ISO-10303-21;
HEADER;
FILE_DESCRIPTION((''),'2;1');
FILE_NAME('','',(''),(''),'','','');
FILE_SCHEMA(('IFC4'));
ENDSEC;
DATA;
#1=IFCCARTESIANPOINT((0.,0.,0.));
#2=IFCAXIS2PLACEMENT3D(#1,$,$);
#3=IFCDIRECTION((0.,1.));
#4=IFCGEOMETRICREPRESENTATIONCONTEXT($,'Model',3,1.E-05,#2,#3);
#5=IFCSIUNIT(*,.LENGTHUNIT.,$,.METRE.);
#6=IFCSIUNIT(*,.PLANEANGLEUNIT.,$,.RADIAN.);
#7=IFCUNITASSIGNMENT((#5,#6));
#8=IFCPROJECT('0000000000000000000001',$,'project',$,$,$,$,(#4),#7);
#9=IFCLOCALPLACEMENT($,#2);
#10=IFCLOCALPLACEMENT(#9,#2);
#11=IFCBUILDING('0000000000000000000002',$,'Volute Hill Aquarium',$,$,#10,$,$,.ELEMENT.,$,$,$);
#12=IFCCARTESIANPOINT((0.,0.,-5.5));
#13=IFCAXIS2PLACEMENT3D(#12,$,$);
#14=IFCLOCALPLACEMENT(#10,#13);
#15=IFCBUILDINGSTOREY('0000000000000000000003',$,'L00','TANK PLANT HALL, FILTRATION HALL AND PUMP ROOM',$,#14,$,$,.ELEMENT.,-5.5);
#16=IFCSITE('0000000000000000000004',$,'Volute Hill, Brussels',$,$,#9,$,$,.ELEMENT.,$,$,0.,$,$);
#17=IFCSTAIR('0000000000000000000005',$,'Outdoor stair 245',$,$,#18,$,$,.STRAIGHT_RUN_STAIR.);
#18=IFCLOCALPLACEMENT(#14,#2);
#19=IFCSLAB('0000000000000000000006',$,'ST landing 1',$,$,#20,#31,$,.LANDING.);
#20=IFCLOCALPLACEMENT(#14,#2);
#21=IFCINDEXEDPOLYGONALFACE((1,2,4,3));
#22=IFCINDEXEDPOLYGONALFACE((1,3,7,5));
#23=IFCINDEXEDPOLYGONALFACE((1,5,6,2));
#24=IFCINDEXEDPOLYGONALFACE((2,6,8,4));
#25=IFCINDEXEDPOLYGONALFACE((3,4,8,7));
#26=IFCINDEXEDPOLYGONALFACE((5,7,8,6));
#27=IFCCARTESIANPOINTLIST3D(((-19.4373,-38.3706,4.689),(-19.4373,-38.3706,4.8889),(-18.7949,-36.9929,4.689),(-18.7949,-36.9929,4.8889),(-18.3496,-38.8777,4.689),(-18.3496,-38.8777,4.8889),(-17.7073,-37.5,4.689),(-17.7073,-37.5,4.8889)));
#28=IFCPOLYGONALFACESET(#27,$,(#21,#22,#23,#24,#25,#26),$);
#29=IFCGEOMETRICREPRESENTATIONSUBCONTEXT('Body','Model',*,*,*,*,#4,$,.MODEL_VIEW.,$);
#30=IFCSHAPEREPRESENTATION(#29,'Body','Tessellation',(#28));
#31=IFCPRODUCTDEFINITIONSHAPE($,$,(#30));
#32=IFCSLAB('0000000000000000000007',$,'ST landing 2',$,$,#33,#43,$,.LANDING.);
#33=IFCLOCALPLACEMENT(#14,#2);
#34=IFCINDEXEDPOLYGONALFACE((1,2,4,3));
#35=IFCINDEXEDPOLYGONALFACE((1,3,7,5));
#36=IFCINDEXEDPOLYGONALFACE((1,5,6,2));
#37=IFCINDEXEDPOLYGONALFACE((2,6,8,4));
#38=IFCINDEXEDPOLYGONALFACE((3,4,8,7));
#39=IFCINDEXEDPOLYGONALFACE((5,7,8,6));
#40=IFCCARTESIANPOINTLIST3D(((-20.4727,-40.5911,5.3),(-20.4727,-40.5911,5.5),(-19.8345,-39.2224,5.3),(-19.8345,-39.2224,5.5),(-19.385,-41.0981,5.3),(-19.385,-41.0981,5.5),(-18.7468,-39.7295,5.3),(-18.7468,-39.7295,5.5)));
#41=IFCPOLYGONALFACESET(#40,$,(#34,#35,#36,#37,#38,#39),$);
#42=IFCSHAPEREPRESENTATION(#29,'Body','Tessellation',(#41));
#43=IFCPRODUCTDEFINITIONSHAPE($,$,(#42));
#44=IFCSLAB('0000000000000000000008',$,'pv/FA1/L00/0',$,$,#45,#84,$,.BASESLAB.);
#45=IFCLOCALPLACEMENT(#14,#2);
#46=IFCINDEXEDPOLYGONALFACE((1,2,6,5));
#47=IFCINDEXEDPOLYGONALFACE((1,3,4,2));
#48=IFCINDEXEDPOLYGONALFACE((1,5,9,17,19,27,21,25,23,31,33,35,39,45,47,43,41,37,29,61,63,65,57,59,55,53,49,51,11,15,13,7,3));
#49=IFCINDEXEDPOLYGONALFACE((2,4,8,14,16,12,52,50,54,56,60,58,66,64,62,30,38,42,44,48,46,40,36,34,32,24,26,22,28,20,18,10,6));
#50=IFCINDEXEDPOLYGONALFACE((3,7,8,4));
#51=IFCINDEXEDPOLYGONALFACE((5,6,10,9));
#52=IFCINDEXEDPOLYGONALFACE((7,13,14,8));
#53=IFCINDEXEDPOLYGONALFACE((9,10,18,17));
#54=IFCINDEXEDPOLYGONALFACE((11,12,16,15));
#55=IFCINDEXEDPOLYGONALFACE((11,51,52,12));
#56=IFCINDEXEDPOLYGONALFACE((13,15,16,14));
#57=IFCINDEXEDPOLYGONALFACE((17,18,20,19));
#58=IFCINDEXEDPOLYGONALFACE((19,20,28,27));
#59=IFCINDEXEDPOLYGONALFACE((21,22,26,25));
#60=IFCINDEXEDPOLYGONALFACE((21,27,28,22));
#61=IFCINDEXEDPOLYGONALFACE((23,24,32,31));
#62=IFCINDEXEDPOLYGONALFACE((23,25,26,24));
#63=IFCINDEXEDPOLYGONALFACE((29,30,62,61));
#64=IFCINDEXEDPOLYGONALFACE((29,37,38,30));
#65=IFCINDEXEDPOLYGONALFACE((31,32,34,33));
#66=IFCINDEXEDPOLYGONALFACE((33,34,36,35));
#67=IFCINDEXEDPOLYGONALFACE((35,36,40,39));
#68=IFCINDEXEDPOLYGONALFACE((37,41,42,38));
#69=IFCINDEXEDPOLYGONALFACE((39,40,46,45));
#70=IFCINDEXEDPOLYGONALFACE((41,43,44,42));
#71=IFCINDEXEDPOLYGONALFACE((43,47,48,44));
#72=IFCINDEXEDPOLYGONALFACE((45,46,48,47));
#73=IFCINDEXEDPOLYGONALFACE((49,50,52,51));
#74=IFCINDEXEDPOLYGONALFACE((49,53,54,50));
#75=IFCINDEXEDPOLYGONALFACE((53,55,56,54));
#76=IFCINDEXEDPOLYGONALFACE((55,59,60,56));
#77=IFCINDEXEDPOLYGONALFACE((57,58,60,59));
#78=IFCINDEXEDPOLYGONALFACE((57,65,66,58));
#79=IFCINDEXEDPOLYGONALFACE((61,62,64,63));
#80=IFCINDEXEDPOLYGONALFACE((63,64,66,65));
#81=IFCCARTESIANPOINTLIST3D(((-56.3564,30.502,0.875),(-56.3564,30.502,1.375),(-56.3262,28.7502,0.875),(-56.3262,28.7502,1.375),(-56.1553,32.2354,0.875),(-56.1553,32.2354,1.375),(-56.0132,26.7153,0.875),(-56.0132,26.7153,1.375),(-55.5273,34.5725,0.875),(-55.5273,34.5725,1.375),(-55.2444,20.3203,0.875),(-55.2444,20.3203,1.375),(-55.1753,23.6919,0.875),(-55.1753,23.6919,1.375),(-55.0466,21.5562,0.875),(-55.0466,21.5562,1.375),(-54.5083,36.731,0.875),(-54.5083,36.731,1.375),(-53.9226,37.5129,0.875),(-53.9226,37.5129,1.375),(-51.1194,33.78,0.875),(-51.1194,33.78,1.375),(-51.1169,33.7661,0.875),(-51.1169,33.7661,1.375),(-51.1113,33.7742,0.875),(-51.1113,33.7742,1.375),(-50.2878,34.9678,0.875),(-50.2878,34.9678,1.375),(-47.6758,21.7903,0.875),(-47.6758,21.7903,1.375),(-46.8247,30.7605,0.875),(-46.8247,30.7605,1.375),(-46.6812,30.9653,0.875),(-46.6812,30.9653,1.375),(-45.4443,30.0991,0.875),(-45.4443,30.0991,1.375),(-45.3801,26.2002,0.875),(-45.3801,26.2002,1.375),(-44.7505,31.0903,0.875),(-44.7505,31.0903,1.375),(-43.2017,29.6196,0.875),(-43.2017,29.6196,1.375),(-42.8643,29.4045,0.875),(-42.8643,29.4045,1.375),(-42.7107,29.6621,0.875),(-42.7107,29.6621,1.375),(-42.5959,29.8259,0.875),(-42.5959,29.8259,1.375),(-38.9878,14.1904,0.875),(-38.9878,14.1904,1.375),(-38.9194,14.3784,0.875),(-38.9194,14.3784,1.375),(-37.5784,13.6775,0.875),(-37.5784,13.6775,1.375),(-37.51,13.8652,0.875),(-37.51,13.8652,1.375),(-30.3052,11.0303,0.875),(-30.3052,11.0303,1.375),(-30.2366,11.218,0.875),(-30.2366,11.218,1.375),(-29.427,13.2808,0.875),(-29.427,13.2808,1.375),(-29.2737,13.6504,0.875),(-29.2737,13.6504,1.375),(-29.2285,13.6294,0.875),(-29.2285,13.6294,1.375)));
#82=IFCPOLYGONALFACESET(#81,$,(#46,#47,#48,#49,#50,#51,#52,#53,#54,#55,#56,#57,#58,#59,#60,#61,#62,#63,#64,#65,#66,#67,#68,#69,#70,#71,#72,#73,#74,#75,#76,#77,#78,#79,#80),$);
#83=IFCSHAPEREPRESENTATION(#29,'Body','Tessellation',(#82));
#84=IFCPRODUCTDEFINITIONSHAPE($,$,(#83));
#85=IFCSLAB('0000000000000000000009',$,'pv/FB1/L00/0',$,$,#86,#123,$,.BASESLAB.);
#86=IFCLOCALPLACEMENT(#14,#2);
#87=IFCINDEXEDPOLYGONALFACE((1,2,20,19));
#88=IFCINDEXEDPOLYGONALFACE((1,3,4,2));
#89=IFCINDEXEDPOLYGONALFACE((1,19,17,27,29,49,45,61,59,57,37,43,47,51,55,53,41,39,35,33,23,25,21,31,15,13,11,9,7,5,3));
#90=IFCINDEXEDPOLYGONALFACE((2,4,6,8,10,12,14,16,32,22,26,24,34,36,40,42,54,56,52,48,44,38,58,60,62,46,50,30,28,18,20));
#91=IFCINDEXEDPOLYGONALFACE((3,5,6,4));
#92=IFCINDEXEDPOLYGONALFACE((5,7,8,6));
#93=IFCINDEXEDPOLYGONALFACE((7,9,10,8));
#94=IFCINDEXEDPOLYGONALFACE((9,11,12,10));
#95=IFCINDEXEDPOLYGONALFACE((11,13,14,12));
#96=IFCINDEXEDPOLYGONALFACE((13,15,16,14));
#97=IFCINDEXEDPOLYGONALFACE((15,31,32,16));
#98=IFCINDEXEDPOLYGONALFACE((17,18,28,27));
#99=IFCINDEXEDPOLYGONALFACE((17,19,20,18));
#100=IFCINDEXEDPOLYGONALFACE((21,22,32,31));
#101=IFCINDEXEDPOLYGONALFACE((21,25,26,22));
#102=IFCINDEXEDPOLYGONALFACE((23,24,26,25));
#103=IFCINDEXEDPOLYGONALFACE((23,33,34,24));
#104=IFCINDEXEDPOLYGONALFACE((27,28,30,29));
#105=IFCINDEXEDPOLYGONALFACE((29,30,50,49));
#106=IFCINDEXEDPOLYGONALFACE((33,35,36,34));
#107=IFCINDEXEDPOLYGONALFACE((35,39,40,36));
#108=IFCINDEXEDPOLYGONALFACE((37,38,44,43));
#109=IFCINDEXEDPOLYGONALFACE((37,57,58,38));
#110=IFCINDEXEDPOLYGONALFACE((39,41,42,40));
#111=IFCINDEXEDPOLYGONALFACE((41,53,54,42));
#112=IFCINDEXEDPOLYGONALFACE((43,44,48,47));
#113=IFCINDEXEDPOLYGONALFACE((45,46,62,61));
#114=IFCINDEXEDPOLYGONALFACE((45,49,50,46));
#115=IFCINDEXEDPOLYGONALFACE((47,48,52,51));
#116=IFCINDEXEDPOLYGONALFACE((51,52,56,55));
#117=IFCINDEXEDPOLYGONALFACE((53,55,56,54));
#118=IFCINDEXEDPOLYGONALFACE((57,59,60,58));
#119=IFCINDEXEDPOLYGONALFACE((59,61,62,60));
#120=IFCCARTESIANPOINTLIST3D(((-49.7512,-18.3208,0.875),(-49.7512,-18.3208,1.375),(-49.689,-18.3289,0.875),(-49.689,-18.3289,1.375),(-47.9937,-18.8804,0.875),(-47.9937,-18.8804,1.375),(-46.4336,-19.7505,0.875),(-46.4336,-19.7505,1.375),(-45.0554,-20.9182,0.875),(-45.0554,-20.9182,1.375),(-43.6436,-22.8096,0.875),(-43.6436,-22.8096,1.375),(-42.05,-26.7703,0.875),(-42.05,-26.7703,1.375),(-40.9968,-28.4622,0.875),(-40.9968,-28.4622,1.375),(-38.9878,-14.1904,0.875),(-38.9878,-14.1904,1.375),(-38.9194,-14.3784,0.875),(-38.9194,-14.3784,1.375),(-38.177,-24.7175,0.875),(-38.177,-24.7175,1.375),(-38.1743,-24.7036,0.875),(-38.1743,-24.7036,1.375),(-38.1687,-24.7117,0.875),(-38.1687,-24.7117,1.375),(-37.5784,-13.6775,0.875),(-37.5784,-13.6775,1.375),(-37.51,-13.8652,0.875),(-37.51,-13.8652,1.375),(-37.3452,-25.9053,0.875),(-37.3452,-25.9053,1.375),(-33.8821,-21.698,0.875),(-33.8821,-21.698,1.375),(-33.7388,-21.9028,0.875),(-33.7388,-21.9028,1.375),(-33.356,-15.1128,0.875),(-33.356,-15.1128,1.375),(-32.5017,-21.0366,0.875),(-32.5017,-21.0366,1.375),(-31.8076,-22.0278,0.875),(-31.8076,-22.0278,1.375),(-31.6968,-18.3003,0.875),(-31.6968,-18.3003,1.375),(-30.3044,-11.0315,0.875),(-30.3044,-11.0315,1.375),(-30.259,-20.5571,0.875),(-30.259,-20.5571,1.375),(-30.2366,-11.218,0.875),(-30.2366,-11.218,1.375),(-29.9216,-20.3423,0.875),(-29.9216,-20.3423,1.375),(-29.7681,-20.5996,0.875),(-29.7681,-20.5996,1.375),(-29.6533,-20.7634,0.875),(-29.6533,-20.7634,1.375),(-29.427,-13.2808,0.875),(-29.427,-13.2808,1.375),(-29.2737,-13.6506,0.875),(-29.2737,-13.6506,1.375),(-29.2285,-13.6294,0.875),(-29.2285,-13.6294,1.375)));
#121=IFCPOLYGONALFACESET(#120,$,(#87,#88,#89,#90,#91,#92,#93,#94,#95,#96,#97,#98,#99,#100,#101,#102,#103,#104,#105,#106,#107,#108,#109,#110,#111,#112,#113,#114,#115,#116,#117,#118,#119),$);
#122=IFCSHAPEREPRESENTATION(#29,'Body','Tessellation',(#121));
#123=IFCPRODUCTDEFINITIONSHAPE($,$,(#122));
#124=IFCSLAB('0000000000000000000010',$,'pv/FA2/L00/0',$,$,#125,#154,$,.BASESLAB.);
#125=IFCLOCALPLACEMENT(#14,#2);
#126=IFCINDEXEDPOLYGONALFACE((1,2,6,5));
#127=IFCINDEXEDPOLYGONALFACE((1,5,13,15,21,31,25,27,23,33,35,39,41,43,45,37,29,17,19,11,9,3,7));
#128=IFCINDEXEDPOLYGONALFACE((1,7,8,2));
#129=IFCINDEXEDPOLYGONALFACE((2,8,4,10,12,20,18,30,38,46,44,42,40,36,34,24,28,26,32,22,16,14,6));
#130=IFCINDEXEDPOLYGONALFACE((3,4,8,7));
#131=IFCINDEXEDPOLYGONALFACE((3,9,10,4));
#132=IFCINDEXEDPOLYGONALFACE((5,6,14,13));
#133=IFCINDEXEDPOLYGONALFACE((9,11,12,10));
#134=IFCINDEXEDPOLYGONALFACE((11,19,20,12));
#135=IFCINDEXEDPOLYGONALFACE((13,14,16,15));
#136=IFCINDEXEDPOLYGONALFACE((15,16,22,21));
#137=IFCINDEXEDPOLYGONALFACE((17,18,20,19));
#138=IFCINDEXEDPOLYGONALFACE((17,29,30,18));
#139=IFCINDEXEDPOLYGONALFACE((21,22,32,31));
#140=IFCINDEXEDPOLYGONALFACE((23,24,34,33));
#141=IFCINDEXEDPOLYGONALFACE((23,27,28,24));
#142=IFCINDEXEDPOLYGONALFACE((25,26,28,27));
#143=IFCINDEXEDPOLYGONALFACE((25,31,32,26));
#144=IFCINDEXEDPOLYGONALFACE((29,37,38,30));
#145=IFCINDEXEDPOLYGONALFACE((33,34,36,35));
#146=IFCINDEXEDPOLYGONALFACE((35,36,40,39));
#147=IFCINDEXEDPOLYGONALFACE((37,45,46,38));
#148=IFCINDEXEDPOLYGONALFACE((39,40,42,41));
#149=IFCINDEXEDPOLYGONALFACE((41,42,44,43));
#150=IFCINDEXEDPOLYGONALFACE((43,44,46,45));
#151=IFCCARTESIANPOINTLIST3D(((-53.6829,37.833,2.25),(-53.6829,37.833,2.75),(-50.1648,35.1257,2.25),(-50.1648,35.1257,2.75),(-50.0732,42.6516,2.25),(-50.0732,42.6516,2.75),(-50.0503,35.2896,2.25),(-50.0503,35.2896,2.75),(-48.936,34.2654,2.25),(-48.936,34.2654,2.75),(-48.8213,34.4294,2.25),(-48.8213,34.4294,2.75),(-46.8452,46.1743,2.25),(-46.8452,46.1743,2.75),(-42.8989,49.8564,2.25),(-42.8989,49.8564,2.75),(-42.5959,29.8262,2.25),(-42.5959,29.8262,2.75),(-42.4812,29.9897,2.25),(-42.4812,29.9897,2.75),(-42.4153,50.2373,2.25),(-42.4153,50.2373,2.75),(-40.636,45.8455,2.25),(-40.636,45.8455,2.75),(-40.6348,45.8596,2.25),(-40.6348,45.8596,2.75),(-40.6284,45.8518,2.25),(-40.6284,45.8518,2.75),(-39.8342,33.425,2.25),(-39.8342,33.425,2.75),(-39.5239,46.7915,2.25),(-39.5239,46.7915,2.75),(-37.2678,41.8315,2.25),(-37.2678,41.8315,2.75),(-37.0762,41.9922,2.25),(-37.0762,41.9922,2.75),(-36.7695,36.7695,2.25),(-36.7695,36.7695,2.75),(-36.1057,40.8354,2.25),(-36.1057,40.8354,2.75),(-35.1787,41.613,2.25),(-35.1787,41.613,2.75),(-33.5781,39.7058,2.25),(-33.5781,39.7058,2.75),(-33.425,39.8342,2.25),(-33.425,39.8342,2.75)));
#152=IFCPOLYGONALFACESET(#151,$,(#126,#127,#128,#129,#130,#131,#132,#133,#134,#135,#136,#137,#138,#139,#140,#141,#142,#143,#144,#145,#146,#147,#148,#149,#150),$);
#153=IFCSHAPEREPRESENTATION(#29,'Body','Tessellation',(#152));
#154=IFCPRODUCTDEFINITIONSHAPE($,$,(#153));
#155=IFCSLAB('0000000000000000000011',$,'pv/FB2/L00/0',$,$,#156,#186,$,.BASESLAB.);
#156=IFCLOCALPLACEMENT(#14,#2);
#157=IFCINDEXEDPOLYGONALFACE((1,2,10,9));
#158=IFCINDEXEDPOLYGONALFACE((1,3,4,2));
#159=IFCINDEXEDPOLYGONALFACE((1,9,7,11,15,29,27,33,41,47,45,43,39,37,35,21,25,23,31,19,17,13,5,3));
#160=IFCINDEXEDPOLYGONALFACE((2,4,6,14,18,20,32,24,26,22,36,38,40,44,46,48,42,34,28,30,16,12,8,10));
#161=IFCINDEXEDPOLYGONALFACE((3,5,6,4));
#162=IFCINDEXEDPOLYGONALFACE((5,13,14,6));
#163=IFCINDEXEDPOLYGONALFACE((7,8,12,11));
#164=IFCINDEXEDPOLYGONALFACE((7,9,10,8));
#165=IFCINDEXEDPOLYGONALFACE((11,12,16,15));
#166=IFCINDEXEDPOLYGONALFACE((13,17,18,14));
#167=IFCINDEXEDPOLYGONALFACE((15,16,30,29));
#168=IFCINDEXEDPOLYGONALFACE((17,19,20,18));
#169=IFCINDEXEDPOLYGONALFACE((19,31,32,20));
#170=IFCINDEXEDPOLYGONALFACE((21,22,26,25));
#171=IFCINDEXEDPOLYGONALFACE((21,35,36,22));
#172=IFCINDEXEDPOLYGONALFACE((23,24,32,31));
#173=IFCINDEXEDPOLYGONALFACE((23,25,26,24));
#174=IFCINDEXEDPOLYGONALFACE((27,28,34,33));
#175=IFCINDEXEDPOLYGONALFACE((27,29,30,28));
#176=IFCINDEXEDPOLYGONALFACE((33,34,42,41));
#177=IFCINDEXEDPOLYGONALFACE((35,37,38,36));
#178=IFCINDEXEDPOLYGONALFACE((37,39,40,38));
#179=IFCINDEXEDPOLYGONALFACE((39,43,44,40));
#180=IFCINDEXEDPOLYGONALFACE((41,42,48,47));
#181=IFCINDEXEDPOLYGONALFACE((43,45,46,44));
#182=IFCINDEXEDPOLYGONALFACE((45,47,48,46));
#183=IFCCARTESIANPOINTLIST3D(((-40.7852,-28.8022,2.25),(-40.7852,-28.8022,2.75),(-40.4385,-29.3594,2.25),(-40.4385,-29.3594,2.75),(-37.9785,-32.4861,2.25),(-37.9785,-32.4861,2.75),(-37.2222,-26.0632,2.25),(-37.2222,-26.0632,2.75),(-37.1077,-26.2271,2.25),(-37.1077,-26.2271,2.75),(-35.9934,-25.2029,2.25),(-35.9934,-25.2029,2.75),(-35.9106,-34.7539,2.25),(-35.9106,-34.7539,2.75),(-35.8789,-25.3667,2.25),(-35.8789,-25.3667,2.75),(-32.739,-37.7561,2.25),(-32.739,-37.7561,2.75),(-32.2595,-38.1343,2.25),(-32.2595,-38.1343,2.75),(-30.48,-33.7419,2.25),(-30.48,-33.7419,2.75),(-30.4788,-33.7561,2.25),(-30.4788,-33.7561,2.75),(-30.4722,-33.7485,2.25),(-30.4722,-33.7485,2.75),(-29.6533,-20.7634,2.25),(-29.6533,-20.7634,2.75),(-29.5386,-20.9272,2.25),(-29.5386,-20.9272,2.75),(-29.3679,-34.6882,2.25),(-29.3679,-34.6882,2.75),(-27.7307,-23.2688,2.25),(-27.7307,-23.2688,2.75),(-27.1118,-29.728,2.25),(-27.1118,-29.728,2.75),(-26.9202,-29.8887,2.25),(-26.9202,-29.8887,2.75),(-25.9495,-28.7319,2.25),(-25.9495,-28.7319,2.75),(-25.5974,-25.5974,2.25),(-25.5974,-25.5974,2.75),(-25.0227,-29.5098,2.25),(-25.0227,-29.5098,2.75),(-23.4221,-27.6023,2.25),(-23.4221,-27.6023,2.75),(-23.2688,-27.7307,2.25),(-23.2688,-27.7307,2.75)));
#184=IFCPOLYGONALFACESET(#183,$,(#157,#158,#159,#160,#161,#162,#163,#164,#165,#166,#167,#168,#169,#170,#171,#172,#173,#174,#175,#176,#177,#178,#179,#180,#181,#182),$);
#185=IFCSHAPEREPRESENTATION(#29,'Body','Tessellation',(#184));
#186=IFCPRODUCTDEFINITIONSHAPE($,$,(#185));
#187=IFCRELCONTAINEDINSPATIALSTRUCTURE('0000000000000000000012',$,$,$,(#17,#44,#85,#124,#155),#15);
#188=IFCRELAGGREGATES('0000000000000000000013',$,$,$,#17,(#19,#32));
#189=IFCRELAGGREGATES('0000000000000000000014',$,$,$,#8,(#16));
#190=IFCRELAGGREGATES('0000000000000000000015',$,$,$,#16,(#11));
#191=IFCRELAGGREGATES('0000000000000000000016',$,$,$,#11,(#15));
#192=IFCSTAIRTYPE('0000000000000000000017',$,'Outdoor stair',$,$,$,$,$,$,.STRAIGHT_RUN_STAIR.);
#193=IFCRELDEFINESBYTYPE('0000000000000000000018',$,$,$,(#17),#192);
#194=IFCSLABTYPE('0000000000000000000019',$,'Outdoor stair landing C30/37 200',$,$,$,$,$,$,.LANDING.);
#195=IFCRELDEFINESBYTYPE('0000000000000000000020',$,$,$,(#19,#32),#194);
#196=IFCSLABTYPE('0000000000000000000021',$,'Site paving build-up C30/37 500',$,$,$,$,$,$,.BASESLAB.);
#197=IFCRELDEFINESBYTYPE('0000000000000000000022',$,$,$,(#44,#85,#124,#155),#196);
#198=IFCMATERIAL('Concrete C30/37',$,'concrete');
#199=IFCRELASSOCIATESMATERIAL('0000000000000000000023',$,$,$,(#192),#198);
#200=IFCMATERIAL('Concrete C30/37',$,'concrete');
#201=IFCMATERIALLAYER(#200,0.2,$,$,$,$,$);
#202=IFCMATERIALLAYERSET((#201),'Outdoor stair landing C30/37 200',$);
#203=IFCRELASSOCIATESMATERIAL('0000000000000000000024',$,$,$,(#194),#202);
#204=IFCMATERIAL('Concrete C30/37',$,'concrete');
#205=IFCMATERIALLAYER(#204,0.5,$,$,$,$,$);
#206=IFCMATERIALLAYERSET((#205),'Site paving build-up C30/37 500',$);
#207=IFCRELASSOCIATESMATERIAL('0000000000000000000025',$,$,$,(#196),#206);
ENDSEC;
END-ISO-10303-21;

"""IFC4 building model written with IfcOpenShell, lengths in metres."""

from ifc_helpers import new_model, si_unit, direction, frame, origin, place, context, subcontext, project, spatial, polyline, outline, extrude, material, layer, layer_set, type_object, element, aggregate, save


model = new_model("IFC4")

# Units and contexts
model_context = context("Model", 3, precision=1e-05, world=origin(), true_north=direction((0.0, 1.0)))
body_context = subcontext(model_context, "Body", "Model", "MODEL_VIEW")
ifc_project = project(units=[si_unit("LENGTHUNIT", "METRE"), si_unit("PLANEANGLEUNIT", "RADIAN")], contexts=[model_context])

# Site, building, storey
site_placement = place(None, origin())
site = spatial("IfcSite", under=ifc_project, at=site_placement, Name="Volute Hill, Brussels", CompositionType="ELEMENT", RefElevation=0.0)
building_placement = place(site_placement, origin())
building = spatial("IfcBuilding", under=site, at=building_placement, Name="Volute Hill Aquarium", CompositionType="ELEMENT")
storey_placement = place(building_placement, frame((0.0, 0.0, -5.5)))
storey = spatial("IfcBuildingStorey", under=building, at=storey_placement, Name="L00", Description="TANK PLANT HALL, FILTRATION HALL AND PUMP ROOM", CompositionType="ELEMENT", Elevation=-5.5)

# Stair
ifc_material_1 = material(Name="Concrete C30/37", Category="concrete")
stair_type = type_object("IfcStairType", Name="Outdoor stair", PredefinedType="STRAIGHT_RUN_STAIR", material=ifc_material_1)
stair_1_placement = place(storey_placement, origin())
stair_1 = element("IfcStair", 1, at=stair_1_placement, inside=storey, type_object=stair_type, Name="Outdoor stair 245", PredefinedType="STRAIGHT_RUN_STAIR")
ifc_material_2 = material(Name="Concrete C30/37", Category="concrete")
ifc_layer_1 = layer(ifc_material_2, 0.2)
ifc_layer_set_1 = layer_set([ifc_layer_1], Name="Outdoor stair landing C30/37 200")
slab_type_1 = type_object("IfcSlabType", Name="Outdoor stair landing C30/37 200", PredefinedType="LANDING", material=ifc_layer_set_1)

# Slabs
slab_1_placement = place(storey_placement, frame((0.0, 0.0, 4.689)))
slab_1 = element("IfcSlab", 2, at=slab_1_placement, type_object=slab_type_1, Name="ST landing 1", PredefinedType="LANDING", context=body_context, shape_type="SweptSolid", body=[
    extrude(outline(polyline([(-18.7949, -36.9929), (-19.4373, -38.3706), (-18.3496, -38.8777), (-17.7073, -37.5), (-18.7949, -36.9929)])), origin(), (0.0, 0.0, 1.0), 0.2),
])
slab_2_placement = place(storey_placement, frame((0.0, 0.0, 5.3)))
slab_2 = element("IfcSlab", 3, at=slab_2_placement, type_object=slab_type_1, Name="ST landing 2", PredefinedType="LANDING", context=body_context, shape_type="SweptSolid", body=[
    extrude(outline(polyline([(-19.8345, -39.2224), (-20.4727, -40.5911), (-19.385, -41.0981), (-18.7468, -39.7295), (-19.8345, -39.2224)])), origin(), (0.0, 0.0, 1.0), 0.2),
])
aggregate(stair_1, [slab_1, slab_2])

# Slabs
ifc_material_3 = material(Name="Concrete C30/37", Category="concrete")
ifc_layer_2 = layer(ifc_material_3, 0.5)
ifc_layer_set_2 = layer_set([ifc_layer_2], Name="Site paving build-up C30/37 500")
slab_type_2 = type_object("IfcSlabType", Name="Site paving build-up C30/37 500", PredefinedType="BASESLAB", material=ifc_layer_set_2)
slab_3_placement = place(storey_placement, frame((0.0, 0.0, 0.875)))
element("IfcSlab", 4, at=slab_3_placement, inside=storey, type_object=slab_type_2, Name="pv/FA1/L00/0", PredefinedType="BASESLAB", context=body_context, shape_type="SweptSolid", body=[
    extrude(outline(polyline([(-55.1753, 23.6919), (-55.0466, 21.5562), (-55.2444, 20.3203), (-38.9194, 14.3784), (-38.9878, 14.1904), (-37.5784, 13.6775), (-37.51, 13.8652), (-30.2366, 11.218), (-30.3052, 11.0303), (-29.2285, 13.6294), (-29.2737, 13.6504), (-29.427, 13.2808), (-47.6758, 21.7903), (-45.3801, 26.2002), (-43.2017, 29.6196), (-42.8643, 29.4045), (-42.5959, 29.8259), (-42.7107, 29.6621), (-44.7505, 31.0903), (-45.4443, 30.0991), (-46.6812, 30.9653), (-46.8247, 30.7605), (-51.1169, 33.7661), (-51.1113, 33.7742), (-51.1194, 33.78), (-50.2878, 34.9678), (-53.9226, 37.5129), (-54.5083, 36.731), (-55.5273, 34.5725), (-56.1553, 32.2354), (-56.3564, 30.502), (-56.3262, 28.7502), (-56.0132, 26.7153), (-55.1753, 23.6919)])), origin(), (0.0, 0.0, 1.0), 0.5),
])
slab_4_placement = place(storey_placement, frame((0.0, 0.0, 0.875)))
element("IfcSlab", 5, at=slab_4_placement, inside=storey, type_object=slab_type_2, Name="pv/FB1/L00/0", PredefinedType="BASESLAB", context=body_context, shape_type="SweptSolid", body=[
    extrude(outline(polyline([(-43.6436, -22.8096), (-42.05, -26.7703), (-40.9968, -28.4622), (-37.3452, -25.9053), (-38.177, -24.7175), (-38.1687, -24.7117), (-38.1743, -24.7036), (-33.8821, -21.698), (-33.7388, -21.9028), (-32.5017, -21.0366), (-31.8076, -22.0278), (-29.7681, -20.5996), (-29.6533, -20.7634), (-29.9216, -20.3423), (-30.259, -20.5571), (-31.6968, -18.3003), (-33.356, -15.1128), (-29.427, -13.2808), (-29.2737, -13.6506), (-29.2285, -13.6294), (-30.3044, -11.0315), (-30.2366, -11.218), (-37.51, -13.8652), (-37.5784, -13.6775), (-38.9878, -14.1904), (-38.9194, -14.3784), (-49.7512, -18.3208), (-49.689, -18.3289), (-47.9937, -18.8804), (-46.4336, -19.7505), (-45.0554, -20.9182), (-43.6436, -22.8096)])), origin(), (0.0, 0.0, 1.0), 0.5),
])
slab_5_placement = place(storey_placement, frame((0.0, 0.0, 2.25)))
element("IfcSlab", 6, at=slab_5_placement, inside=storey, type_object=slab_type_2, Name="pv/FA2/L00/0", PredefinedType="BASESLAB", context=body_context, shape_type="SweptSolid", body=[
    extrude(outline(polyline([(-46.8452, 46.1743), (-50.0732, 42.6516), (-53.6829, 37.833), (-50.0503, 35.2896), (-50.1648, 35.1257), (-48.936, 34.2654), (-48.8213, 34.4294), (-42.4812, 29.9897), (-42.5959, 29.8262), (-39.8342, 33.425), (-36.7695, 36.7695), (-33.425, 39.8342), (-33.5781, 39.7058), (-35.1787, 41.613), (-36.1057, 40.8354), (-37.0762, 41.9922), (-37.2678, 41.8315), (-40.636, 45.8455), (-40.6284, 45.8518), (-40.6348, 45.8596), (-39.5239, 46.7915), (-42.4153, 50.2373), (-42.8989, 49.8564), (-46.8452, 46.1743)])), origin(), (0.0, 0.0, 1.0), 0.5),
])
slab_6_placement = place(storey_placement, frame((0.0, 0.0, 2.25)))
element("IfcSlab", 7, at=slab_6_placement, inside=storey, type_object=slab_type_2, Name="pv/FB2/L00/0", PredefinedType="BASESLAB", context=body_context, shape_type="SweptSolid", body=[
    extrude(outline(polyline([(-35.9106, -34.7539), (-32.739, -37.7561), (-32.2595, -38.1343), (-29.3679, -34.6882), (-30.4788, -33.7561), (-30.4722, -33.7485), (-30.48, -33.7419), (-27.1118, -29.728), (-26.9202, -29.8887), (-25.9495, -28.7319), (-25.0227, -29.5098), (-23.4221, -27.6023), (-23.2688, -27.7307), (-25.5974, -25.5974), (-27.7307, -23.2688), (-29.6533, -20.7634), (-29.5386, -20.9272), (-35.8789, -25.3667), (-35.9934, -25.2029), (-37.2222, -26.0632), (-37.1077, -26.2271), (-40.7852, -28.8022), (-40.4385, -29.3594), (-37.9785, -32.4861), (-35.9106, -34.7539)])), origin(), (0.0, 0.0, 1.0), 0.5),
])

save(model, "model.ifc")
